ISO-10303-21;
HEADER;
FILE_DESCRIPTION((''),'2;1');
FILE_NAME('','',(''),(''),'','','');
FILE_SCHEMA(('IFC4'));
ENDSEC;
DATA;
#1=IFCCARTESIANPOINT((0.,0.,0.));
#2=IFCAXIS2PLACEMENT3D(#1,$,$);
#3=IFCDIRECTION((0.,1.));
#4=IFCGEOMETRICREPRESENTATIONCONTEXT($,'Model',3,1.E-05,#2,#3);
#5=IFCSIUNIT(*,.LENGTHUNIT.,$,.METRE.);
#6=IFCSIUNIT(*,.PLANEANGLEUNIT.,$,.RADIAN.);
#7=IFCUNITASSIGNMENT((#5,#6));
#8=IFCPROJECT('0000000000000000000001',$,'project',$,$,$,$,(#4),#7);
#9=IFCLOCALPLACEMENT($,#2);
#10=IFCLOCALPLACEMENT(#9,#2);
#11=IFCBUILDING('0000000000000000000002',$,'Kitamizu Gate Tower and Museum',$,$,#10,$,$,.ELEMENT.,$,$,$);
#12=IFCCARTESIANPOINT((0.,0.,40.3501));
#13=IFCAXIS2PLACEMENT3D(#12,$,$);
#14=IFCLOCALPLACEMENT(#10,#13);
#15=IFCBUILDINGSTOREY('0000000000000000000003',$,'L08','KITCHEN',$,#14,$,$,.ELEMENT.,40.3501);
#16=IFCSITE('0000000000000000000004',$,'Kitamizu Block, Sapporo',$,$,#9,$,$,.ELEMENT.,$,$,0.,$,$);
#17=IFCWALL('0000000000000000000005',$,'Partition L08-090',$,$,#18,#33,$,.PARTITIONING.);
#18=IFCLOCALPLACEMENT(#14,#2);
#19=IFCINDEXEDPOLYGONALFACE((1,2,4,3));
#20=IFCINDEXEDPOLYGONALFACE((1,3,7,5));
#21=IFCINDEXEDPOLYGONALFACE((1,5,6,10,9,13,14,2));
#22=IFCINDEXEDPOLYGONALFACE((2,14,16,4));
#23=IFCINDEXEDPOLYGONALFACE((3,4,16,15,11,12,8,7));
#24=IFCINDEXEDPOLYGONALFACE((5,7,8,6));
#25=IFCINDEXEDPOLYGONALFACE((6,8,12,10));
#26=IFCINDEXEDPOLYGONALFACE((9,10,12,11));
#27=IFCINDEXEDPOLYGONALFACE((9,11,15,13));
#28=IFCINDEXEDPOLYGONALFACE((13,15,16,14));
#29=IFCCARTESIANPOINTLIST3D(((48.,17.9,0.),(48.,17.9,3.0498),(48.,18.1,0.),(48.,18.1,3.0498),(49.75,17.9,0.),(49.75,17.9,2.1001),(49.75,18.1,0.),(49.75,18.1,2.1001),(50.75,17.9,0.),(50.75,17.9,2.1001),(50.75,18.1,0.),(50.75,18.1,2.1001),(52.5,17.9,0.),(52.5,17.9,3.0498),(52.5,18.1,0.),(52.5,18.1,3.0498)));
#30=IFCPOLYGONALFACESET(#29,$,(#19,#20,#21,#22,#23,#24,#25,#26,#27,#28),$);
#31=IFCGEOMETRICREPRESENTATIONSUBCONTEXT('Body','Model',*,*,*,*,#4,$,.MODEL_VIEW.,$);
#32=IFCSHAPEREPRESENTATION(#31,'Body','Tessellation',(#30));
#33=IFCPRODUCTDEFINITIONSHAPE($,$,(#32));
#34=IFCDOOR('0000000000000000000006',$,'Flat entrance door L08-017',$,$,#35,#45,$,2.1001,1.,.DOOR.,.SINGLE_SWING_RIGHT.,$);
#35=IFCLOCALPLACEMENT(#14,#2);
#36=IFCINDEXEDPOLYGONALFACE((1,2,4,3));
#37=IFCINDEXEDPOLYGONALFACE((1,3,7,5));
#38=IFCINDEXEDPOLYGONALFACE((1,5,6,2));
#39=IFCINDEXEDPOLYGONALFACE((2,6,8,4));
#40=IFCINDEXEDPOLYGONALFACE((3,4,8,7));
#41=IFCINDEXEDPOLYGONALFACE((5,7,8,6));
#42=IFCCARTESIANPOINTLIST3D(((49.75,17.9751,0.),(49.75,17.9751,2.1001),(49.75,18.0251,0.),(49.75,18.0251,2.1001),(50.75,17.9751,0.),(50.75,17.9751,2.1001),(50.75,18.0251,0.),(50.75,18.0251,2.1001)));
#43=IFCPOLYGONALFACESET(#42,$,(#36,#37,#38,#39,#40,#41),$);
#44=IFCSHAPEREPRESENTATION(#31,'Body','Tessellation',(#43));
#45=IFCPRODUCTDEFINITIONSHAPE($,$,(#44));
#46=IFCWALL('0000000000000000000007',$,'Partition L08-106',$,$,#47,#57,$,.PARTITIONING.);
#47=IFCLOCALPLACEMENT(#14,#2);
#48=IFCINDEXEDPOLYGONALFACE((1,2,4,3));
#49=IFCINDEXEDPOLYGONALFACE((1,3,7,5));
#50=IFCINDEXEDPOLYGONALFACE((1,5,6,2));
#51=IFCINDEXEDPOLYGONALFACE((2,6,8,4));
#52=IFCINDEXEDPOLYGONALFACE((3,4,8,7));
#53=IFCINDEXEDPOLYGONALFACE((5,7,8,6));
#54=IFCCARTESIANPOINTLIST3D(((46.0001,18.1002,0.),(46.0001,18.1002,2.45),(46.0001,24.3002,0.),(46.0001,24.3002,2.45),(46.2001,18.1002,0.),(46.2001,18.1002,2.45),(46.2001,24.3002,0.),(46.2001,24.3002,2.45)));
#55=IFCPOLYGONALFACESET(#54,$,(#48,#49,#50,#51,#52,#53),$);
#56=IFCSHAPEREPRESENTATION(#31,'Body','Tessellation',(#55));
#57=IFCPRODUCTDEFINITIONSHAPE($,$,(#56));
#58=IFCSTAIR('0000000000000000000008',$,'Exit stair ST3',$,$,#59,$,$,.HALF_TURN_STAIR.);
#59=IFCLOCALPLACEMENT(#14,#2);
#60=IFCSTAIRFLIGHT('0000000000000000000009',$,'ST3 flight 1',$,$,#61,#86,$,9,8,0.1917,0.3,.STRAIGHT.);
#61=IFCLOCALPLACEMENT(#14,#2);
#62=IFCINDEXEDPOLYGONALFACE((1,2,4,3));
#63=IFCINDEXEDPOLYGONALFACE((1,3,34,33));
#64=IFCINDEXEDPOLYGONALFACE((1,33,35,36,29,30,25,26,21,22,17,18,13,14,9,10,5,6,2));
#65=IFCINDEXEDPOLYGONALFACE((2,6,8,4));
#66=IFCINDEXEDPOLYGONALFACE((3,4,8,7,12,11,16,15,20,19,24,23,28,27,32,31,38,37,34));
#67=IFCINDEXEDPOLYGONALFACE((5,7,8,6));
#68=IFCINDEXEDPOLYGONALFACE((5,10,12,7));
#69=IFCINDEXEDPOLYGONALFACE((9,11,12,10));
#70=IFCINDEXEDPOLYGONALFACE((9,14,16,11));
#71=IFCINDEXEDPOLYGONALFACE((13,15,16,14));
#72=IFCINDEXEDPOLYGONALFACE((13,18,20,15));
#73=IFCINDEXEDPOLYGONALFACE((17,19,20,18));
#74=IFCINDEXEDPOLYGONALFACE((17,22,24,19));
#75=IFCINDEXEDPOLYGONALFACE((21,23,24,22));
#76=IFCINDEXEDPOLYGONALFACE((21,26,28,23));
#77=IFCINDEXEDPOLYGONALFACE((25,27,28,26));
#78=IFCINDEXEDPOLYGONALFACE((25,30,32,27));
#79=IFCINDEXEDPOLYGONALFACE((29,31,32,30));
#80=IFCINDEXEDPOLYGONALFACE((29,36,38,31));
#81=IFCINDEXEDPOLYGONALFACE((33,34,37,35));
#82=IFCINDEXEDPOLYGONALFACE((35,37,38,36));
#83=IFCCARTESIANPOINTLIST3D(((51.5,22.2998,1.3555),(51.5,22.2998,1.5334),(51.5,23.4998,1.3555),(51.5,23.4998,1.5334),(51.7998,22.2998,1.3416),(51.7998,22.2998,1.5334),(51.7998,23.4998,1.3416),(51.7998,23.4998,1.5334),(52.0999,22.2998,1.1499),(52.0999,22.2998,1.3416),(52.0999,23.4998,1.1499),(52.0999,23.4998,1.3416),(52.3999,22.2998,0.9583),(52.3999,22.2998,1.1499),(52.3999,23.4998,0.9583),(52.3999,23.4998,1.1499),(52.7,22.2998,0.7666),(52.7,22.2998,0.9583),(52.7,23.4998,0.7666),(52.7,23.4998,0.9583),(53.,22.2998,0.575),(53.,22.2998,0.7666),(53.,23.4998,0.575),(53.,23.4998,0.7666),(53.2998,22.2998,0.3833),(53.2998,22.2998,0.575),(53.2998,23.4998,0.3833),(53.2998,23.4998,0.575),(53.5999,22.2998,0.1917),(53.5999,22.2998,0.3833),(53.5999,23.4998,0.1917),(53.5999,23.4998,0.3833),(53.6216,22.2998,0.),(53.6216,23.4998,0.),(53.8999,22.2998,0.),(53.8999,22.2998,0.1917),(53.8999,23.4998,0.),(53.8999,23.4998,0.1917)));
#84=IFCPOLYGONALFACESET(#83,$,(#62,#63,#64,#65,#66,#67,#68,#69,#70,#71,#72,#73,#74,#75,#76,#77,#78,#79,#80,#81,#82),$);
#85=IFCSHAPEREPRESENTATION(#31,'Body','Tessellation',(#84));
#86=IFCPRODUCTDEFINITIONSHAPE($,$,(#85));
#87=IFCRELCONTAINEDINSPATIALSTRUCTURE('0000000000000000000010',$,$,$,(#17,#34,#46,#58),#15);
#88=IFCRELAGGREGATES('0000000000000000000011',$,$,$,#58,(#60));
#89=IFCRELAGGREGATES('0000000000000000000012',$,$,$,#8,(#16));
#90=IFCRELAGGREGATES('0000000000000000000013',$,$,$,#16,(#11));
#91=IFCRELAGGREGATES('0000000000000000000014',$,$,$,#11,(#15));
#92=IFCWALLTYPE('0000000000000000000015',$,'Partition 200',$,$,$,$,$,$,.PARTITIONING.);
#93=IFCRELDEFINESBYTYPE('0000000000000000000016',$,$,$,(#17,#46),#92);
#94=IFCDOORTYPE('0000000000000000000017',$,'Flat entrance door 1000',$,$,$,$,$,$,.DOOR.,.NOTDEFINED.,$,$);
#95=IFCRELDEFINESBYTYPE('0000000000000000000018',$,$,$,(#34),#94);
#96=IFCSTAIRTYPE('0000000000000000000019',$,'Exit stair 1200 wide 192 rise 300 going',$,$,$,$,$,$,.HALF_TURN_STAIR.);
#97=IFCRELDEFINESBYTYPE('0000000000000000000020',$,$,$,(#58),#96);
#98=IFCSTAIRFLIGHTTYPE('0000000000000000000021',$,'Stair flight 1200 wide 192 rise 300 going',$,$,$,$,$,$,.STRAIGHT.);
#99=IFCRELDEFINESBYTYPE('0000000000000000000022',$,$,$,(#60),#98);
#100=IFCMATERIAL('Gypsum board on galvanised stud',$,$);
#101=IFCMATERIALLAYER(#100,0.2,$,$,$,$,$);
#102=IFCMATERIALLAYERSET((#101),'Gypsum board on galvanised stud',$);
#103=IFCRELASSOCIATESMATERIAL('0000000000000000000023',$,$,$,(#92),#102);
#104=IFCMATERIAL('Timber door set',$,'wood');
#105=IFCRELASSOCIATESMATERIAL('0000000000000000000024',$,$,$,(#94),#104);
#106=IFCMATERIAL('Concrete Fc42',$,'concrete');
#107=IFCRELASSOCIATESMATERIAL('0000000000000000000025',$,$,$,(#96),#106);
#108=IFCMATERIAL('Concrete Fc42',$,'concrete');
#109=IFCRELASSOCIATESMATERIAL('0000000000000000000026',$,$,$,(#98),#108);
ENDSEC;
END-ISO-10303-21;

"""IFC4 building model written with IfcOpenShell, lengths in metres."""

from ifc_helpers import new_model, si_unit, direction, frame, frame_2d, origin, place, context, subcontext, project, spatial, polyline, rectangle, outline, extrude, material, layer, layer_set, type_object, element, fill, aggregate, save


model = new_model("IFC4")

# Units and contexts
model_context = context("Model", 3, precision=1e-05, world=origin(), true_north=direction((0.0, 1.0)))
body_context = subcontext(model_context, "Body", "Model", "MODEL_VIEW")
ifc_project = project(units=[si_unit("LENGTHUNIT", "METRE"), si_unit("PLANEANGLEUNIT", "RADIAN")], contexts=[model_context])

# Site, building, storey
site_placement = place(None, origin())
site = spatial("IfcSite", under=ifc_project, at=site_placement, Name="Kitamizu Block, Sapporo", CompositionType="ELEMENT", RefElevation=0.0)
building_placement = place(site_placement, origin())
building = spatial("IfcBuilding", under=site, at=building_placement, Name="Kitamizu Gate Tower and Museum", CompositionType="ELEMENT")
storey_placement = place(building_placement, frame((0.0, 0.0, 40.3501)))
storey = spatial("IfcBuildingStorey", under=building, at=storey_placement, Name="L08", Description="KITCHEN", CompositionType="ELEMENT", Elevation=40.3501)

# Shared definitions
ifc_material_1 = material(Name="Gypsum board on galvanised stud")
ifc_layer_1 = layer(ifc_material_1, 0.2)
ifc_layer_set_1 = layer_set([ifc_layer_1], Name="Gypsum board on galvanised stud")
wall_type_1 = type_object("IfcWallType", Name="Partition 200", PredefinedType="PARTITIONING", material=ifc_layer_set_1)

# Wall, opening, door
wall_1_placement = place(storey_placement, frame((52.5, 18.0, 0.0), z_axis=(0.0, 0.0, 1.0), x_axis=(-1.0, 0.0, 0.0)))
wall_1 = element("IfcWall", 1, at=wall_1_placement, inside=storey, type_object=wall_type_1, Name="Partition L08-090", PredefinedType="PARTITIONING", context=body_context, shape_type="SweptSolid", body=[
    extrude(rectangle(XDim=4.5, YDim=0.2, at=frame_2d((2.25, 0.0))), origin(), (0.0, 0.0, 1.0), 3.0498),
])
opening_1_placement = place(wall_1_placement, frame((1.75, 0.0, 0.0)))
opening_1 = element("IfcOpeningElement", 2, at=opening_1_placement, cuts=wall_1, PredefinedType="OPENING", context=body_context, shape_type="SweptSolid", body=[
    extrude(rectangle(XDim=1.0, YDim=2.1001, at=frame_2d((0.5, 1.05))), frame((0.0, 0.1099, 0.0), z_axis=(0.0, -1.0, 0.0), x_axis=(1.0, 0.0, 0.0)), (0.0, 0.0, 1.0), 0.22),
])
ifc_material_2 = material(Name="Timber door set", Category="wood")
door_type_1 = type_object("IfcDoorType", Name="Flat entrance door 1000", OperationType="NOTDEFINED", PredefinedType="DOOR", material=ifc_material_2)
door_1_placement = place(opening_1_placement, origin())
door_1 = element("IfcDoor", 3, at=door_1_placement, inside=storey, type_object=door_type_1, Name="Flat entrance door L08-017", OperationType="SINGLE_SWING_RIGHT", OverallHeight=2.1001, OverallWidth=1.0, PredefinedType="DOOR", context=body_context, shape_type="SweptSolid", body=[
    extrude(rectangle(XDim=1.0, YDim=2.1001, at=frame_2d((0.5, 1.05))), frame((0.0, 0.0249, 0.0), z_axis=(0.0, -1.0, 0.0), x_axis=(1.0, 0.0, 0.0)), (0.0, 0.0, 1.0), 0.05),
])
fill(opening_1, door_1)

# Wall
wall_2_placement = place(storey_placement, frame((46.1001, 18.1001, 0.0), z_axis=(0.0, 0.0, 1.0), x_axis=(0.0, 1.0, 0.0)))
element("IfcWall", 4, at=wall_2_placement, inside=storey, type_object=wall_type_1, Name="Partition L08-106", PredefinedType="PARTITIONING", context=body_context, shape_type="SweptSolid", body=[
    extrude(rectangle(XDim=6.2, YDim=0.2, at=frame_2d((3.1001, 0.0))), origin(), (0.0, 0.0, 1.0), 2.45),
])

# Stair, stair flight
ifc_material_3 = material(Name="Concrete Fc42", Category="concrete")
stair_type = type_object("IfcStairType", Name="Exit stair 1200 wide 192 rise 300 going", PredefinedType="HALF_TURN_STAIR", material=ifc_material_3)
stair_placement = place(storey_placement, origin())
stair = element("IfcStair", 5, at=stair_placement, inside=storey, type_object=stair_type, Name="Exit stair ST3", PredefinedType="HALF_TURN_STAIR")
ifc_material_4 = material(Name="Concrete Fc42", Category="concrete")
stair_flight_type = type_object("IfcStairFlightType", Name="Stair flight 1200 wide 192 rise 300 going", PredefinedType="STRAIGHT", material=ifc_material_4)
stair_flight_placement = place(storey_placement, frame((53.8999, 22.8999, 0.0), z_axis=(0.0, 0.0, 1.0), x_axis=(-1.0, 0.0, 0.0)))
stair_flight = element("IfcStairFlight", 6, at=stair_flight_placement, type_object=stair_flight_type, Name="ST3 flight 1", NumberOfRisers=9, NumberOfTreads=8, PredefinedType="STRAIGHT", RiserHeight=0.1917, TreadLength=0.3, context=body_context, shape_type="SweptSolid", body=[
    extrude(outline(polyline([(0.0, 0.0), (0.0, 0.1917), (0.3, 0.1917), (0.3, 0.3833), (0.6001, 0.3833), (0.6001, 0.575), (0.8999, 0.575), (0.8999, 0.7666), (1.2, 0.7666), (1.2, 0.9583), (1.5, 0.9583), (1.5, 1.1499), (1.8, 1.1499), (1.8, 1.3416), (2.1001, 1.3416), (2.1001, 1.5334), (2.3999, 1.5334), (2.3999, 1.7251), (2.3999, 1.3555), (0.2783, 0.0), (0.0, 0.0)])), frame((0.0, 0.6001, 0.0), z_axis=(0.0, -1.0, 0.0), x_axis=(1.0, 0.0, 0.0)), (0.0, 0.0, 1.0), 1.2),
])
aggregate(stair, [stair_flight])

save(model, "model.ifc")
